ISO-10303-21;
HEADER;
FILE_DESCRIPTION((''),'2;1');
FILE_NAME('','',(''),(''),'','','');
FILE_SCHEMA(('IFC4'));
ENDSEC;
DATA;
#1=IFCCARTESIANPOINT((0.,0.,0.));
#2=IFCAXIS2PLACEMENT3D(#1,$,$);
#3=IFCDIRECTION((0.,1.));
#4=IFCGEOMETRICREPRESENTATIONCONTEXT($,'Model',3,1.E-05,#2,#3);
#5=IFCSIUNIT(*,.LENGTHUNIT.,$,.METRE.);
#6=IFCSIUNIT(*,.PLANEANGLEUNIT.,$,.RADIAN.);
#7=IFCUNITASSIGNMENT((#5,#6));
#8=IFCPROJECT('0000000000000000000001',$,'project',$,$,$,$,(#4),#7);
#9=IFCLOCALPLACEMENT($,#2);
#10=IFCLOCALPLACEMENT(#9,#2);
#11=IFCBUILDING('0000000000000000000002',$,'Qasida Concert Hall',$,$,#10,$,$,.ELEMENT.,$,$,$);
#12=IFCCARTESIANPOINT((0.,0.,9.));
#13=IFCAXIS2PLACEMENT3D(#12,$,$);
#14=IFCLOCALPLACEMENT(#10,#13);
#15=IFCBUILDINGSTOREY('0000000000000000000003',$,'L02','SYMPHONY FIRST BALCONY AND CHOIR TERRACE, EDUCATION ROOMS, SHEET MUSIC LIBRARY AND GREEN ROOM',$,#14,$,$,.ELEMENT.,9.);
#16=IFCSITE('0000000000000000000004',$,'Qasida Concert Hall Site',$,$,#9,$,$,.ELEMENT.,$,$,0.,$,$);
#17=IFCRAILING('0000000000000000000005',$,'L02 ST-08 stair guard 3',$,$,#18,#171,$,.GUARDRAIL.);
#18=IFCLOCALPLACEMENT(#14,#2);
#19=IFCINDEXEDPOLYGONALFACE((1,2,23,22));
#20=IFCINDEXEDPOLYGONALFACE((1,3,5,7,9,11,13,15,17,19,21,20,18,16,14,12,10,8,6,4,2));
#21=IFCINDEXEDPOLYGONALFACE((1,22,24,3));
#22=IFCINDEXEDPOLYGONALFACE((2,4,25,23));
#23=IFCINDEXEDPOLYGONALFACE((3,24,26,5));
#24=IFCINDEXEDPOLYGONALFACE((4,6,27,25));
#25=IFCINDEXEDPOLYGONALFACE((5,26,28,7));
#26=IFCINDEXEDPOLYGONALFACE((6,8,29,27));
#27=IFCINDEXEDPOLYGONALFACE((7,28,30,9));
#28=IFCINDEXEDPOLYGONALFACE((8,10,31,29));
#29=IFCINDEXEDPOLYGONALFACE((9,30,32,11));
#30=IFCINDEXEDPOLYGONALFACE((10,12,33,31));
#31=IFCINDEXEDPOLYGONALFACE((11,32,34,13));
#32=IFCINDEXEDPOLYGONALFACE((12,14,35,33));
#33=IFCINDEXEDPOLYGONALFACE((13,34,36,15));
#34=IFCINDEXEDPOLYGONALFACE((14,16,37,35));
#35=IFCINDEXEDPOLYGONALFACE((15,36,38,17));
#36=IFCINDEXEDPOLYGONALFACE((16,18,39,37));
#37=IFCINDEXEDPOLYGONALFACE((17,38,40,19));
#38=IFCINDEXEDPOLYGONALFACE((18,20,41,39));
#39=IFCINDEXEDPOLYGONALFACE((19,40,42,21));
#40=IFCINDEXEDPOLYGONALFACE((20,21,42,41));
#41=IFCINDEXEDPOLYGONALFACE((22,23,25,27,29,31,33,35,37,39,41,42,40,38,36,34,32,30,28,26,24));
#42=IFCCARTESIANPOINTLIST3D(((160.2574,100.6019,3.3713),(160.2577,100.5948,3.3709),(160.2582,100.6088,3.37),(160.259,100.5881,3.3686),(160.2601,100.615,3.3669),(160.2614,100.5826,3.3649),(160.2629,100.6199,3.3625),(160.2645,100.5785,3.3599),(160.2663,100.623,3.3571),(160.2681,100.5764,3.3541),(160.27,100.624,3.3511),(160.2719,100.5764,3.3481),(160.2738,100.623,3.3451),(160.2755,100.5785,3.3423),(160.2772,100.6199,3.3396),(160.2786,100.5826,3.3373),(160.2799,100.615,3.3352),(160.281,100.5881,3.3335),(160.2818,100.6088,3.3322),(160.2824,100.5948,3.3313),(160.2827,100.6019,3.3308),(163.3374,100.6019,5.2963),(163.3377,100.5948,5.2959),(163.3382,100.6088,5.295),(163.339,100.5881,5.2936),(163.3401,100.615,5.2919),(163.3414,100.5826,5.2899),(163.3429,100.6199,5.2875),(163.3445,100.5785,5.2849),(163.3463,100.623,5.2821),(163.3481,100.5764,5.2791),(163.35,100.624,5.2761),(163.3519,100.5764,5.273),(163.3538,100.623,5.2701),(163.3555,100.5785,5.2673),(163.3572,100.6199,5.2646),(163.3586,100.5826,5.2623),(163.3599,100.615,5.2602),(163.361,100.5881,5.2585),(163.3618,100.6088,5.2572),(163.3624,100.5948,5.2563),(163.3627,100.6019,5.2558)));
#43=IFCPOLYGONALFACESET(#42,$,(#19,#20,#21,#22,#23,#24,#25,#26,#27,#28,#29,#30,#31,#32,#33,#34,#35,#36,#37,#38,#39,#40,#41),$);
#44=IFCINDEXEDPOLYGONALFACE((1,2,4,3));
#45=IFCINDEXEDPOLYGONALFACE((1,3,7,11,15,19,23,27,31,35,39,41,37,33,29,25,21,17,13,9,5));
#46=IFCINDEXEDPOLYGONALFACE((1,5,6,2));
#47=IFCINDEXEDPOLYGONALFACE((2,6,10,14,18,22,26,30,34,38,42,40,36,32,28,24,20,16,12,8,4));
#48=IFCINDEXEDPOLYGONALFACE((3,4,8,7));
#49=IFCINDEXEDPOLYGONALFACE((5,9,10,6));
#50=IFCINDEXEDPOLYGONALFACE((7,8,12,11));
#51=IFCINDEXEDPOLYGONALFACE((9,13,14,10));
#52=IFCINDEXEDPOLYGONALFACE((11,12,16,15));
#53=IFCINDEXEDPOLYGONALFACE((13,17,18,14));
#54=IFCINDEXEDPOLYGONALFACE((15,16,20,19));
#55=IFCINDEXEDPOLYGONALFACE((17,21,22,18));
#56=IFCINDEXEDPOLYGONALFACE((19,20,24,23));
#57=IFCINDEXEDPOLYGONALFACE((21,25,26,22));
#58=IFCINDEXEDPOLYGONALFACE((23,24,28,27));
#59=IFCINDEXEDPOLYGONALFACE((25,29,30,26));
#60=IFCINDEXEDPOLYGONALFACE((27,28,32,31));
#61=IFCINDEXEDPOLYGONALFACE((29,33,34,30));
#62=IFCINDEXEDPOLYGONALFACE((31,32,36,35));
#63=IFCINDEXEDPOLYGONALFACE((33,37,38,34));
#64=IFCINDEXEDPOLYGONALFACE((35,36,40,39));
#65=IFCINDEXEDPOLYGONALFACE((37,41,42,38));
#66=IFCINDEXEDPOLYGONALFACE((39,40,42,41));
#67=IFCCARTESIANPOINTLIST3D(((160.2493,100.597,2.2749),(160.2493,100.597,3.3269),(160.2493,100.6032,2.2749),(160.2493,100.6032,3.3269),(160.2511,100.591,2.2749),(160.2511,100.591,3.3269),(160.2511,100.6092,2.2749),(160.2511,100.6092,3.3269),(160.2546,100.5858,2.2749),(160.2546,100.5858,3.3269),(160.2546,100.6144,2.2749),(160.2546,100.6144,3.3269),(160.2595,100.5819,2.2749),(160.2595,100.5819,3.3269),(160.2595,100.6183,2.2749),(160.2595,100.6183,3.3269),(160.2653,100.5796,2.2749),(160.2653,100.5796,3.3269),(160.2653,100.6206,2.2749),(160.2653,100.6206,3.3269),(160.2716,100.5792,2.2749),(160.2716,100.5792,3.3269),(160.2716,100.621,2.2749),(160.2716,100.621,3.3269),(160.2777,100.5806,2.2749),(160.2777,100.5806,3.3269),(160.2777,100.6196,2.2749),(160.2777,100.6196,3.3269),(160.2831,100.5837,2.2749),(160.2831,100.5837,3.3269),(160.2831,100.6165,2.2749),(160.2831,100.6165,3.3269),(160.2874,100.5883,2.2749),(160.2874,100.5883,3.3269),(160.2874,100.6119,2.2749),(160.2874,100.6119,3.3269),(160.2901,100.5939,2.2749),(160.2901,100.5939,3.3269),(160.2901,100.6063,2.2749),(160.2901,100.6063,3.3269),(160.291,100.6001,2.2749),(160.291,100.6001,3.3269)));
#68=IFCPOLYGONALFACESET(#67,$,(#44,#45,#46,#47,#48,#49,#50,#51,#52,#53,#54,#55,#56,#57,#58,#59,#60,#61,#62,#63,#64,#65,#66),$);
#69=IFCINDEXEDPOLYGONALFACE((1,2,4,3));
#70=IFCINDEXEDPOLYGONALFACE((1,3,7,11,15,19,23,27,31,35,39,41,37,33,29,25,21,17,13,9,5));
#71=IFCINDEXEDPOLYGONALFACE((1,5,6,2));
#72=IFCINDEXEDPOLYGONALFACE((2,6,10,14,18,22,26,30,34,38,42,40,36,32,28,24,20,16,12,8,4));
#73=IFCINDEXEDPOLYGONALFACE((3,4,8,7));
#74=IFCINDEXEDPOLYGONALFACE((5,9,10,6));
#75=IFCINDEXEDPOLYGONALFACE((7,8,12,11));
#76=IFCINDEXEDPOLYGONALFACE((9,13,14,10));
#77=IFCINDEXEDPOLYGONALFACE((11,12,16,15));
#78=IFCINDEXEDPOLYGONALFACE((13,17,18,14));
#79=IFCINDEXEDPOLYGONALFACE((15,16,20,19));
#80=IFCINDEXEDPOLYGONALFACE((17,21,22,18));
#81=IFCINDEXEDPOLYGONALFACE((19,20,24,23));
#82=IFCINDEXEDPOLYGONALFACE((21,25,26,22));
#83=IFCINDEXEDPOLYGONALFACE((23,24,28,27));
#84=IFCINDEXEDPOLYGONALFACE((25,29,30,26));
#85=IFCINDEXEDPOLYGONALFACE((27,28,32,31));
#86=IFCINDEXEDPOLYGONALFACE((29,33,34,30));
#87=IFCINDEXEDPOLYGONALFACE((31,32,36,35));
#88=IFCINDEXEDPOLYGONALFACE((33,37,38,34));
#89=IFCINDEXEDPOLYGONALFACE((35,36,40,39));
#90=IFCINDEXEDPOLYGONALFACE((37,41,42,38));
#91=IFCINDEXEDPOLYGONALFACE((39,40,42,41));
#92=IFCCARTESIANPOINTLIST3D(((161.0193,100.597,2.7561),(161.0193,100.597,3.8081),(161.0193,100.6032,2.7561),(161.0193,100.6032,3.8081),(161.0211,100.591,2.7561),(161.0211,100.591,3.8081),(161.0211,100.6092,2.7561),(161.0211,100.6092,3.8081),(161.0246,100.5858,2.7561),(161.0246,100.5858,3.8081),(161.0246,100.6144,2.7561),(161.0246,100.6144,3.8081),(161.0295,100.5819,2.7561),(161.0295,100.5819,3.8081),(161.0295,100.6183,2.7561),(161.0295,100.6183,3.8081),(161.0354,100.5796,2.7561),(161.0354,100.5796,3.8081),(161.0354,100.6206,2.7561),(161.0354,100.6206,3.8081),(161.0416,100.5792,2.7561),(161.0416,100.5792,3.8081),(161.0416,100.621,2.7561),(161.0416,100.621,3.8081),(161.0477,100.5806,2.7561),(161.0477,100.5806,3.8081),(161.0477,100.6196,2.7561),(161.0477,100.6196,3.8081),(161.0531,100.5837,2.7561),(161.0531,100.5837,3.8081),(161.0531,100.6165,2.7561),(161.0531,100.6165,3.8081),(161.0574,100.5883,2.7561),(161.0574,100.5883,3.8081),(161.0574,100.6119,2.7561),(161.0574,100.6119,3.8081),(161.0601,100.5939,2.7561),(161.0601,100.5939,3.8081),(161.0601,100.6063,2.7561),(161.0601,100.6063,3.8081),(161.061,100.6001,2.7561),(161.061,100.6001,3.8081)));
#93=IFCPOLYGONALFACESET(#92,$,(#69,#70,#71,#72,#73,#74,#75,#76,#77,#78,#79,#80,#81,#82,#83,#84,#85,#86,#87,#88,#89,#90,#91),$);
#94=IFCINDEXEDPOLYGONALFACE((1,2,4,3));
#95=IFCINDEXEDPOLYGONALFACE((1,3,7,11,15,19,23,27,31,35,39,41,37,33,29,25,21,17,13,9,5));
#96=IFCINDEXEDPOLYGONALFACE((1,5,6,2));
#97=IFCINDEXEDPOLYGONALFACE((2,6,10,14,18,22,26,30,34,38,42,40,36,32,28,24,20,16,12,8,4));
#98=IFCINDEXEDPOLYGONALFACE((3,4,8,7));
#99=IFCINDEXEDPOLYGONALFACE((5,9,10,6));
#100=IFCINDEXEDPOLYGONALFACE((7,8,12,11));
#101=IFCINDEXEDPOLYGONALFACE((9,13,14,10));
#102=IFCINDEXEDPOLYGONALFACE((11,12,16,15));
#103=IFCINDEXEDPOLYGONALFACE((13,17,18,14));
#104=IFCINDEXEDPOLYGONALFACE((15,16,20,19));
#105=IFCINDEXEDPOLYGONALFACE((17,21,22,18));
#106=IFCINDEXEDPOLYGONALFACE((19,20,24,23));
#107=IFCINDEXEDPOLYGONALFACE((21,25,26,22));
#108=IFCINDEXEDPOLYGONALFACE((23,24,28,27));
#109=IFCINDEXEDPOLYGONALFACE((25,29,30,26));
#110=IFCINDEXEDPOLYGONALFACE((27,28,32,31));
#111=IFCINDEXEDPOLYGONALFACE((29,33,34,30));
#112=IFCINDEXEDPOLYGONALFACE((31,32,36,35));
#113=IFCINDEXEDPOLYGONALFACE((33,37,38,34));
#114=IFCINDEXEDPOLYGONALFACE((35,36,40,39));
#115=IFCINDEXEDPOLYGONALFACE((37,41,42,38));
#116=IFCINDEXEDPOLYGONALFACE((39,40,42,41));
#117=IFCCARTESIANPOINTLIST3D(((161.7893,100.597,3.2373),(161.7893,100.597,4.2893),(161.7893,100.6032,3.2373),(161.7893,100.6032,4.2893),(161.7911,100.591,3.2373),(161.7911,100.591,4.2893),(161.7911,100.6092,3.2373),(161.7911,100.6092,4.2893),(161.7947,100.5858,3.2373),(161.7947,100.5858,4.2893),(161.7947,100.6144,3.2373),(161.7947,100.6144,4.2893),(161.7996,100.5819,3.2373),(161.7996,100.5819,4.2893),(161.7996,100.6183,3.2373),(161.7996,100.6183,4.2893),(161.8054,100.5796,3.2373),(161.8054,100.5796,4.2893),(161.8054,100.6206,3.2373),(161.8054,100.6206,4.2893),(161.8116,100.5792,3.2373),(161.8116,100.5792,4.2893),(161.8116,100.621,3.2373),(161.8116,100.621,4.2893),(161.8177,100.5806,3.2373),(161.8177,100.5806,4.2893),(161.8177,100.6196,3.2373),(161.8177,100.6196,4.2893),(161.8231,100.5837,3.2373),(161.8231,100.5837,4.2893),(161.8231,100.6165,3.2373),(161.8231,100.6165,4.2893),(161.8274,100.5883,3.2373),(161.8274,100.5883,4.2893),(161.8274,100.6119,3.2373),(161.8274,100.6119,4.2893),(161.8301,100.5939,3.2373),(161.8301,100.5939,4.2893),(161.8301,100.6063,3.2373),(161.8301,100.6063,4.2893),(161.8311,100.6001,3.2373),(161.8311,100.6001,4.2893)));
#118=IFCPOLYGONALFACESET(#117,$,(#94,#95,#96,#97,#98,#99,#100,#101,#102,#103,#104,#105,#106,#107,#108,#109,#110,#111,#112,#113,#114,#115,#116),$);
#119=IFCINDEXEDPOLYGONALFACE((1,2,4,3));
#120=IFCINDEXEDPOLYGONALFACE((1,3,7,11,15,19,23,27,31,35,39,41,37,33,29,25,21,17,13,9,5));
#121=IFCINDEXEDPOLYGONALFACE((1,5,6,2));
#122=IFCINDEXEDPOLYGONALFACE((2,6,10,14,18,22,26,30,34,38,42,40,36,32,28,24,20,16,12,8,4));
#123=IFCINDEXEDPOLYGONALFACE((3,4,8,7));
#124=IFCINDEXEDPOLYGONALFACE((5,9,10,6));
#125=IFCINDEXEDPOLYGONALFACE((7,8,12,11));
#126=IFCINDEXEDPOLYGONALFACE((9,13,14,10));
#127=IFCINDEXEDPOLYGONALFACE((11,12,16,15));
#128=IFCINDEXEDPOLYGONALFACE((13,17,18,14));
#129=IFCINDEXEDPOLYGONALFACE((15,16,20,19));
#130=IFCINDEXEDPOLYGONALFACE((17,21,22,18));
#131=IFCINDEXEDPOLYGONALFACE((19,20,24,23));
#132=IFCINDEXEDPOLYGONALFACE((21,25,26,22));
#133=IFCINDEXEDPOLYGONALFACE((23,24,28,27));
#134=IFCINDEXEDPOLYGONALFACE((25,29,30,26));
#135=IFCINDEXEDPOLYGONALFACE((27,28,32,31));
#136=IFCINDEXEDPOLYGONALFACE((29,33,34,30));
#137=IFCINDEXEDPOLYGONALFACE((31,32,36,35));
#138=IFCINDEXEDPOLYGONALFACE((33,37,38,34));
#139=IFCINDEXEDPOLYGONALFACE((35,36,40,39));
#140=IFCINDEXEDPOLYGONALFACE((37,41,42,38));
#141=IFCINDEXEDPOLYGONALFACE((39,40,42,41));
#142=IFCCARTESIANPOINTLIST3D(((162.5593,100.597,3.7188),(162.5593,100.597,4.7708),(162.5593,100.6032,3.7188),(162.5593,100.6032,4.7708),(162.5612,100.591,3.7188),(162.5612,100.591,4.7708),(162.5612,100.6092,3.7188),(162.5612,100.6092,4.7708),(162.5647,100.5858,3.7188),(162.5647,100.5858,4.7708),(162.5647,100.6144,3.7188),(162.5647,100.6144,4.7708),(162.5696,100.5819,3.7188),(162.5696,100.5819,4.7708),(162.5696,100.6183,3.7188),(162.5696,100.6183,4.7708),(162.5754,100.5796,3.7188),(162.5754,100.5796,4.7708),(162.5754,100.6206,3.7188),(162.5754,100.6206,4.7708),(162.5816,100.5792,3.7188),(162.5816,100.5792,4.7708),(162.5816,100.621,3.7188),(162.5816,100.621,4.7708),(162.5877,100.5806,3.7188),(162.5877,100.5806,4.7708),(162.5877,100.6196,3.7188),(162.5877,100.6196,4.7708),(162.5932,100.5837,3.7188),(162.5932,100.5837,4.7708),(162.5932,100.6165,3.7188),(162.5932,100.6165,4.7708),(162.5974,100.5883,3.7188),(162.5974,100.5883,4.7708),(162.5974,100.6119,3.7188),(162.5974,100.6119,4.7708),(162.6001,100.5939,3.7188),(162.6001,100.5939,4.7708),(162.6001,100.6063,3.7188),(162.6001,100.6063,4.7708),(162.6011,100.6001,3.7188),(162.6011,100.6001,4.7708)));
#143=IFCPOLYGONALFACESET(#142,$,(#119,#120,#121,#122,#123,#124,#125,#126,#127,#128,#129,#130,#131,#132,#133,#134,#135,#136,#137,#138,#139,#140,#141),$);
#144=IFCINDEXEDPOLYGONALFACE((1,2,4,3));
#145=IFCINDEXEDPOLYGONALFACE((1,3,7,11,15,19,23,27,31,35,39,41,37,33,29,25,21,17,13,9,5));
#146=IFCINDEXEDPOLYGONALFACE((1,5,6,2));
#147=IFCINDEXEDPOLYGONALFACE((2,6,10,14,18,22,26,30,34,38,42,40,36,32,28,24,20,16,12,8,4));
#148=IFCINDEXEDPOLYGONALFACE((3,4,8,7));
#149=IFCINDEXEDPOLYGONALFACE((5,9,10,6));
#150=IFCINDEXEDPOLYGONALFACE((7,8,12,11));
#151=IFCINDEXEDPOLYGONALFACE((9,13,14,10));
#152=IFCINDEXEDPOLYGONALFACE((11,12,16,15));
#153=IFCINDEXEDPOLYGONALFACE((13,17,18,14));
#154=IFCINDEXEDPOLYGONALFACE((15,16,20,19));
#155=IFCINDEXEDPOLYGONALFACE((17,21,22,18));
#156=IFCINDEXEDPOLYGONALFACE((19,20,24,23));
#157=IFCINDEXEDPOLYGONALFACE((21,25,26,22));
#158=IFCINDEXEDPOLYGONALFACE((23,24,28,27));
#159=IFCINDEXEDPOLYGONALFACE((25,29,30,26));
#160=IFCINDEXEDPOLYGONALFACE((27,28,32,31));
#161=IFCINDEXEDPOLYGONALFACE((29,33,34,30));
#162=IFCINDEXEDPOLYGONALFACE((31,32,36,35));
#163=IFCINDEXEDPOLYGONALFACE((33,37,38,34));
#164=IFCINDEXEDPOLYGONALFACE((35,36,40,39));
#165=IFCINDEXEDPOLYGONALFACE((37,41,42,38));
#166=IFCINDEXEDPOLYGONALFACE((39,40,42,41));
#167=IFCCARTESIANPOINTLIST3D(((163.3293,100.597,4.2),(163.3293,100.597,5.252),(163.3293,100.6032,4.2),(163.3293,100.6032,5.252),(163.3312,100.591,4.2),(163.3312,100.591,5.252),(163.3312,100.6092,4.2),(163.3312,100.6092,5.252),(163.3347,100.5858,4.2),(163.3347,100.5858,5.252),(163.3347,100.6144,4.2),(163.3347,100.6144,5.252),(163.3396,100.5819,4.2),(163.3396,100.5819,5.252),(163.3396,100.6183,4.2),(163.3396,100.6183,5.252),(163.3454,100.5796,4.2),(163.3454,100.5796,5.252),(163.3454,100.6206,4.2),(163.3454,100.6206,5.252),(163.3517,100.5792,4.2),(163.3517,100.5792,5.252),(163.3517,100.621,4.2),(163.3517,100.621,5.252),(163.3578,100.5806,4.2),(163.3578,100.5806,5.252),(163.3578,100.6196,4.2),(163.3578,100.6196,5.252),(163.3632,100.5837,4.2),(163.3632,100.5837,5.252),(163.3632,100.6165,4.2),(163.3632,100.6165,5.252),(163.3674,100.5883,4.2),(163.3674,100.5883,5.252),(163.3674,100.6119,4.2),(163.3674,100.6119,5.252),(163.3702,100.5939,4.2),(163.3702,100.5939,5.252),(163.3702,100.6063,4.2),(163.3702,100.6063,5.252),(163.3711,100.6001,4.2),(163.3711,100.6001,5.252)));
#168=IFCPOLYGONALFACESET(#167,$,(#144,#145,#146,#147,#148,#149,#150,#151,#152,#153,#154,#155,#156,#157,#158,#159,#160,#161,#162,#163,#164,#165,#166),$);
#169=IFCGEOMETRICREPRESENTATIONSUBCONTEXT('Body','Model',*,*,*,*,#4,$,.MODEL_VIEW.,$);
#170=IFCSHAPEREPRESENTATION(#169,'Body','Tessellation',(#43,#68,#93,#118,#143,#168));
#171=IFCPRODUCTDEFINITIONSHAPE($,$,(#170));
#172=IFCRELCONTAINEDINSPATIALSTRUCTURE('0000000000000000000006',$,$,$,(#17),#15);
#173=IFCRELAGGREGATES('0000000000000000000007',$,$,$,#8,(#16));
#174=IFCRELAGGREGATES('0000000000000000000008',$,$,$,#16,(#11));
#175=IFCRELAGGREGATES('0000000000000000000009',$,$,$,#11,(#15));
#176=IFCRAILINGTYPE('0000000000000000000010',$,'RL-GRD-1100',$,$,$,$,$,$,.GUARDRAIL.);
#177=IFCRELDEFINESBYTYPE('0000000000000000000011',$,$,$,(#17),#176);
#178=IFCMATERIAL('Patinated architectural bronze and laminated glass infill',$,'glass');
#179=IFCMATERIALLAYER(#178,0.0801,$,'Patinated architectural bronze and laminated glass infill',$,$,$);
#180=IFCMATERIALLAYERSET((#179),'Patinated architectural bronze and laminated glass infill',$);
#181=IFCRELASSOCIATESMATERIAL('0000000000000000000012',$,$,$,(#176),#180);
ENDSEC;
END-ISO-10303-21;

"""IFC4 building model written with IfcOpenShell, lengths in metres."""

from ifc_helpers import new_model, si_unit, direction, frame, origin, origin_2d, place, context, subcontext, project, spatial, circle, extrude, material, layer, layer_set, type_object, element, save


model = new_model("IFC4")

# Units and contexts
model_context = context("Model", 3, precision=1e-05, world=origin(), true_north=direction((0.0, 1.0)))
body_context = subcontext(model_context, "Body", "Model", "MODEL_VIEW")
ifc_project = project(units=[si_unit("LENGTHUNIT", "METRE"), si_unit("PLANEANGLEUNIT", "RADIAN")], contexts=[model_context])

# Site, building, storey
site_placement = place(None, origin())
site = spatial("IfcSite", under=ifc_project, at=site_placement, Name="Qasida Concert Hall Site", CompositionType="ELEMENT", RefElevation=0.0)
building_placement = place(site_placement, origin())
building = spatial("IfcBuilding", under=site, at=building_placement, Name="Qasida Concert Hall", CompositionType="ELEMENT")
storey_placement = place(building_placement, frame((0.0, 0.0, 9.0)))
storey = spatial("IfcBuildingStorey", under=building, at=storey_placement, Name="L02", Description="SYMPHONY FIRST BALCONY AND CHOIR TERRACE, EDUCATION ROOMS, SHEET MUSIC LIBRARY AND GREEN ROOM", CompositionType="ELEMENT", Elevation=9.0)

# Railing
ifc_material_1 = material(Name="Patinated architectural bronze and laminated glass infill", Category="glass")
ifc_layer_1 = layer(ifc_material_1, 0.0801, Name="Patinated architectural bronze and laminated glass infill")
ifc_layer_set_1 = layer_set([ifc_layer_1], Name="Patinated architectural bronze and laminated glass infill")
railing_type_1 = type_object("IfcRailingType", Name="RL-GRD-1100", PredefinedType="GUARDRAIL", material=ifc_layer_set_1)
railing_1_placement = place(storey_placement, frame((160.27, 100.6001, 2.2749)))
element("IfcRailing", 1, at=railing_1_placement, inside=storey, type_object=railing_type_1, Name="L02 ST-08 stair guard 3", PredefinedType="GUARDRAIL", context=body_context, shape_type="SweptSolid", body=[
    extrude(circle(Radius=0.0239, at=origin_2d()), frame((0.0, 0.0, 1.0762), z_axis=(0.847998, 0.0, 0.529999), x_axis=(0.0, 1.0, 0.0)), (0.0, 0.0, 1.0), 3.6321),
    extrude(circle(Radius=0.021, at=origin_2d()), origin(), (0.0, 0.0, 1.0), 1.052),
    extrude(circle(Radius=0.021, at=origin_2d()), frame((0.77, 0.0, 0.4812)), (0.0, 0.0, 1.0), 1.052),
    extrude(circle(Radius=0.021, at=origin_2d()), frame((1.54, 0.0, 0.9624)), (0.0, 0.0, 1.0), 1.052),
    extrude(circle(Radius=0.021, at=origin_2d()), frame((2.3101, 0.0, 1.4438)), (0.0, 0.0, 1.0), 1.052),
    extrude(circle(Radius=0.021, at=origin_2d()), frame((3.0801, 0.0, 1.925)), (0.0, 0.0, 1.0), 1.052),
])

save(model, "model.ifc")
